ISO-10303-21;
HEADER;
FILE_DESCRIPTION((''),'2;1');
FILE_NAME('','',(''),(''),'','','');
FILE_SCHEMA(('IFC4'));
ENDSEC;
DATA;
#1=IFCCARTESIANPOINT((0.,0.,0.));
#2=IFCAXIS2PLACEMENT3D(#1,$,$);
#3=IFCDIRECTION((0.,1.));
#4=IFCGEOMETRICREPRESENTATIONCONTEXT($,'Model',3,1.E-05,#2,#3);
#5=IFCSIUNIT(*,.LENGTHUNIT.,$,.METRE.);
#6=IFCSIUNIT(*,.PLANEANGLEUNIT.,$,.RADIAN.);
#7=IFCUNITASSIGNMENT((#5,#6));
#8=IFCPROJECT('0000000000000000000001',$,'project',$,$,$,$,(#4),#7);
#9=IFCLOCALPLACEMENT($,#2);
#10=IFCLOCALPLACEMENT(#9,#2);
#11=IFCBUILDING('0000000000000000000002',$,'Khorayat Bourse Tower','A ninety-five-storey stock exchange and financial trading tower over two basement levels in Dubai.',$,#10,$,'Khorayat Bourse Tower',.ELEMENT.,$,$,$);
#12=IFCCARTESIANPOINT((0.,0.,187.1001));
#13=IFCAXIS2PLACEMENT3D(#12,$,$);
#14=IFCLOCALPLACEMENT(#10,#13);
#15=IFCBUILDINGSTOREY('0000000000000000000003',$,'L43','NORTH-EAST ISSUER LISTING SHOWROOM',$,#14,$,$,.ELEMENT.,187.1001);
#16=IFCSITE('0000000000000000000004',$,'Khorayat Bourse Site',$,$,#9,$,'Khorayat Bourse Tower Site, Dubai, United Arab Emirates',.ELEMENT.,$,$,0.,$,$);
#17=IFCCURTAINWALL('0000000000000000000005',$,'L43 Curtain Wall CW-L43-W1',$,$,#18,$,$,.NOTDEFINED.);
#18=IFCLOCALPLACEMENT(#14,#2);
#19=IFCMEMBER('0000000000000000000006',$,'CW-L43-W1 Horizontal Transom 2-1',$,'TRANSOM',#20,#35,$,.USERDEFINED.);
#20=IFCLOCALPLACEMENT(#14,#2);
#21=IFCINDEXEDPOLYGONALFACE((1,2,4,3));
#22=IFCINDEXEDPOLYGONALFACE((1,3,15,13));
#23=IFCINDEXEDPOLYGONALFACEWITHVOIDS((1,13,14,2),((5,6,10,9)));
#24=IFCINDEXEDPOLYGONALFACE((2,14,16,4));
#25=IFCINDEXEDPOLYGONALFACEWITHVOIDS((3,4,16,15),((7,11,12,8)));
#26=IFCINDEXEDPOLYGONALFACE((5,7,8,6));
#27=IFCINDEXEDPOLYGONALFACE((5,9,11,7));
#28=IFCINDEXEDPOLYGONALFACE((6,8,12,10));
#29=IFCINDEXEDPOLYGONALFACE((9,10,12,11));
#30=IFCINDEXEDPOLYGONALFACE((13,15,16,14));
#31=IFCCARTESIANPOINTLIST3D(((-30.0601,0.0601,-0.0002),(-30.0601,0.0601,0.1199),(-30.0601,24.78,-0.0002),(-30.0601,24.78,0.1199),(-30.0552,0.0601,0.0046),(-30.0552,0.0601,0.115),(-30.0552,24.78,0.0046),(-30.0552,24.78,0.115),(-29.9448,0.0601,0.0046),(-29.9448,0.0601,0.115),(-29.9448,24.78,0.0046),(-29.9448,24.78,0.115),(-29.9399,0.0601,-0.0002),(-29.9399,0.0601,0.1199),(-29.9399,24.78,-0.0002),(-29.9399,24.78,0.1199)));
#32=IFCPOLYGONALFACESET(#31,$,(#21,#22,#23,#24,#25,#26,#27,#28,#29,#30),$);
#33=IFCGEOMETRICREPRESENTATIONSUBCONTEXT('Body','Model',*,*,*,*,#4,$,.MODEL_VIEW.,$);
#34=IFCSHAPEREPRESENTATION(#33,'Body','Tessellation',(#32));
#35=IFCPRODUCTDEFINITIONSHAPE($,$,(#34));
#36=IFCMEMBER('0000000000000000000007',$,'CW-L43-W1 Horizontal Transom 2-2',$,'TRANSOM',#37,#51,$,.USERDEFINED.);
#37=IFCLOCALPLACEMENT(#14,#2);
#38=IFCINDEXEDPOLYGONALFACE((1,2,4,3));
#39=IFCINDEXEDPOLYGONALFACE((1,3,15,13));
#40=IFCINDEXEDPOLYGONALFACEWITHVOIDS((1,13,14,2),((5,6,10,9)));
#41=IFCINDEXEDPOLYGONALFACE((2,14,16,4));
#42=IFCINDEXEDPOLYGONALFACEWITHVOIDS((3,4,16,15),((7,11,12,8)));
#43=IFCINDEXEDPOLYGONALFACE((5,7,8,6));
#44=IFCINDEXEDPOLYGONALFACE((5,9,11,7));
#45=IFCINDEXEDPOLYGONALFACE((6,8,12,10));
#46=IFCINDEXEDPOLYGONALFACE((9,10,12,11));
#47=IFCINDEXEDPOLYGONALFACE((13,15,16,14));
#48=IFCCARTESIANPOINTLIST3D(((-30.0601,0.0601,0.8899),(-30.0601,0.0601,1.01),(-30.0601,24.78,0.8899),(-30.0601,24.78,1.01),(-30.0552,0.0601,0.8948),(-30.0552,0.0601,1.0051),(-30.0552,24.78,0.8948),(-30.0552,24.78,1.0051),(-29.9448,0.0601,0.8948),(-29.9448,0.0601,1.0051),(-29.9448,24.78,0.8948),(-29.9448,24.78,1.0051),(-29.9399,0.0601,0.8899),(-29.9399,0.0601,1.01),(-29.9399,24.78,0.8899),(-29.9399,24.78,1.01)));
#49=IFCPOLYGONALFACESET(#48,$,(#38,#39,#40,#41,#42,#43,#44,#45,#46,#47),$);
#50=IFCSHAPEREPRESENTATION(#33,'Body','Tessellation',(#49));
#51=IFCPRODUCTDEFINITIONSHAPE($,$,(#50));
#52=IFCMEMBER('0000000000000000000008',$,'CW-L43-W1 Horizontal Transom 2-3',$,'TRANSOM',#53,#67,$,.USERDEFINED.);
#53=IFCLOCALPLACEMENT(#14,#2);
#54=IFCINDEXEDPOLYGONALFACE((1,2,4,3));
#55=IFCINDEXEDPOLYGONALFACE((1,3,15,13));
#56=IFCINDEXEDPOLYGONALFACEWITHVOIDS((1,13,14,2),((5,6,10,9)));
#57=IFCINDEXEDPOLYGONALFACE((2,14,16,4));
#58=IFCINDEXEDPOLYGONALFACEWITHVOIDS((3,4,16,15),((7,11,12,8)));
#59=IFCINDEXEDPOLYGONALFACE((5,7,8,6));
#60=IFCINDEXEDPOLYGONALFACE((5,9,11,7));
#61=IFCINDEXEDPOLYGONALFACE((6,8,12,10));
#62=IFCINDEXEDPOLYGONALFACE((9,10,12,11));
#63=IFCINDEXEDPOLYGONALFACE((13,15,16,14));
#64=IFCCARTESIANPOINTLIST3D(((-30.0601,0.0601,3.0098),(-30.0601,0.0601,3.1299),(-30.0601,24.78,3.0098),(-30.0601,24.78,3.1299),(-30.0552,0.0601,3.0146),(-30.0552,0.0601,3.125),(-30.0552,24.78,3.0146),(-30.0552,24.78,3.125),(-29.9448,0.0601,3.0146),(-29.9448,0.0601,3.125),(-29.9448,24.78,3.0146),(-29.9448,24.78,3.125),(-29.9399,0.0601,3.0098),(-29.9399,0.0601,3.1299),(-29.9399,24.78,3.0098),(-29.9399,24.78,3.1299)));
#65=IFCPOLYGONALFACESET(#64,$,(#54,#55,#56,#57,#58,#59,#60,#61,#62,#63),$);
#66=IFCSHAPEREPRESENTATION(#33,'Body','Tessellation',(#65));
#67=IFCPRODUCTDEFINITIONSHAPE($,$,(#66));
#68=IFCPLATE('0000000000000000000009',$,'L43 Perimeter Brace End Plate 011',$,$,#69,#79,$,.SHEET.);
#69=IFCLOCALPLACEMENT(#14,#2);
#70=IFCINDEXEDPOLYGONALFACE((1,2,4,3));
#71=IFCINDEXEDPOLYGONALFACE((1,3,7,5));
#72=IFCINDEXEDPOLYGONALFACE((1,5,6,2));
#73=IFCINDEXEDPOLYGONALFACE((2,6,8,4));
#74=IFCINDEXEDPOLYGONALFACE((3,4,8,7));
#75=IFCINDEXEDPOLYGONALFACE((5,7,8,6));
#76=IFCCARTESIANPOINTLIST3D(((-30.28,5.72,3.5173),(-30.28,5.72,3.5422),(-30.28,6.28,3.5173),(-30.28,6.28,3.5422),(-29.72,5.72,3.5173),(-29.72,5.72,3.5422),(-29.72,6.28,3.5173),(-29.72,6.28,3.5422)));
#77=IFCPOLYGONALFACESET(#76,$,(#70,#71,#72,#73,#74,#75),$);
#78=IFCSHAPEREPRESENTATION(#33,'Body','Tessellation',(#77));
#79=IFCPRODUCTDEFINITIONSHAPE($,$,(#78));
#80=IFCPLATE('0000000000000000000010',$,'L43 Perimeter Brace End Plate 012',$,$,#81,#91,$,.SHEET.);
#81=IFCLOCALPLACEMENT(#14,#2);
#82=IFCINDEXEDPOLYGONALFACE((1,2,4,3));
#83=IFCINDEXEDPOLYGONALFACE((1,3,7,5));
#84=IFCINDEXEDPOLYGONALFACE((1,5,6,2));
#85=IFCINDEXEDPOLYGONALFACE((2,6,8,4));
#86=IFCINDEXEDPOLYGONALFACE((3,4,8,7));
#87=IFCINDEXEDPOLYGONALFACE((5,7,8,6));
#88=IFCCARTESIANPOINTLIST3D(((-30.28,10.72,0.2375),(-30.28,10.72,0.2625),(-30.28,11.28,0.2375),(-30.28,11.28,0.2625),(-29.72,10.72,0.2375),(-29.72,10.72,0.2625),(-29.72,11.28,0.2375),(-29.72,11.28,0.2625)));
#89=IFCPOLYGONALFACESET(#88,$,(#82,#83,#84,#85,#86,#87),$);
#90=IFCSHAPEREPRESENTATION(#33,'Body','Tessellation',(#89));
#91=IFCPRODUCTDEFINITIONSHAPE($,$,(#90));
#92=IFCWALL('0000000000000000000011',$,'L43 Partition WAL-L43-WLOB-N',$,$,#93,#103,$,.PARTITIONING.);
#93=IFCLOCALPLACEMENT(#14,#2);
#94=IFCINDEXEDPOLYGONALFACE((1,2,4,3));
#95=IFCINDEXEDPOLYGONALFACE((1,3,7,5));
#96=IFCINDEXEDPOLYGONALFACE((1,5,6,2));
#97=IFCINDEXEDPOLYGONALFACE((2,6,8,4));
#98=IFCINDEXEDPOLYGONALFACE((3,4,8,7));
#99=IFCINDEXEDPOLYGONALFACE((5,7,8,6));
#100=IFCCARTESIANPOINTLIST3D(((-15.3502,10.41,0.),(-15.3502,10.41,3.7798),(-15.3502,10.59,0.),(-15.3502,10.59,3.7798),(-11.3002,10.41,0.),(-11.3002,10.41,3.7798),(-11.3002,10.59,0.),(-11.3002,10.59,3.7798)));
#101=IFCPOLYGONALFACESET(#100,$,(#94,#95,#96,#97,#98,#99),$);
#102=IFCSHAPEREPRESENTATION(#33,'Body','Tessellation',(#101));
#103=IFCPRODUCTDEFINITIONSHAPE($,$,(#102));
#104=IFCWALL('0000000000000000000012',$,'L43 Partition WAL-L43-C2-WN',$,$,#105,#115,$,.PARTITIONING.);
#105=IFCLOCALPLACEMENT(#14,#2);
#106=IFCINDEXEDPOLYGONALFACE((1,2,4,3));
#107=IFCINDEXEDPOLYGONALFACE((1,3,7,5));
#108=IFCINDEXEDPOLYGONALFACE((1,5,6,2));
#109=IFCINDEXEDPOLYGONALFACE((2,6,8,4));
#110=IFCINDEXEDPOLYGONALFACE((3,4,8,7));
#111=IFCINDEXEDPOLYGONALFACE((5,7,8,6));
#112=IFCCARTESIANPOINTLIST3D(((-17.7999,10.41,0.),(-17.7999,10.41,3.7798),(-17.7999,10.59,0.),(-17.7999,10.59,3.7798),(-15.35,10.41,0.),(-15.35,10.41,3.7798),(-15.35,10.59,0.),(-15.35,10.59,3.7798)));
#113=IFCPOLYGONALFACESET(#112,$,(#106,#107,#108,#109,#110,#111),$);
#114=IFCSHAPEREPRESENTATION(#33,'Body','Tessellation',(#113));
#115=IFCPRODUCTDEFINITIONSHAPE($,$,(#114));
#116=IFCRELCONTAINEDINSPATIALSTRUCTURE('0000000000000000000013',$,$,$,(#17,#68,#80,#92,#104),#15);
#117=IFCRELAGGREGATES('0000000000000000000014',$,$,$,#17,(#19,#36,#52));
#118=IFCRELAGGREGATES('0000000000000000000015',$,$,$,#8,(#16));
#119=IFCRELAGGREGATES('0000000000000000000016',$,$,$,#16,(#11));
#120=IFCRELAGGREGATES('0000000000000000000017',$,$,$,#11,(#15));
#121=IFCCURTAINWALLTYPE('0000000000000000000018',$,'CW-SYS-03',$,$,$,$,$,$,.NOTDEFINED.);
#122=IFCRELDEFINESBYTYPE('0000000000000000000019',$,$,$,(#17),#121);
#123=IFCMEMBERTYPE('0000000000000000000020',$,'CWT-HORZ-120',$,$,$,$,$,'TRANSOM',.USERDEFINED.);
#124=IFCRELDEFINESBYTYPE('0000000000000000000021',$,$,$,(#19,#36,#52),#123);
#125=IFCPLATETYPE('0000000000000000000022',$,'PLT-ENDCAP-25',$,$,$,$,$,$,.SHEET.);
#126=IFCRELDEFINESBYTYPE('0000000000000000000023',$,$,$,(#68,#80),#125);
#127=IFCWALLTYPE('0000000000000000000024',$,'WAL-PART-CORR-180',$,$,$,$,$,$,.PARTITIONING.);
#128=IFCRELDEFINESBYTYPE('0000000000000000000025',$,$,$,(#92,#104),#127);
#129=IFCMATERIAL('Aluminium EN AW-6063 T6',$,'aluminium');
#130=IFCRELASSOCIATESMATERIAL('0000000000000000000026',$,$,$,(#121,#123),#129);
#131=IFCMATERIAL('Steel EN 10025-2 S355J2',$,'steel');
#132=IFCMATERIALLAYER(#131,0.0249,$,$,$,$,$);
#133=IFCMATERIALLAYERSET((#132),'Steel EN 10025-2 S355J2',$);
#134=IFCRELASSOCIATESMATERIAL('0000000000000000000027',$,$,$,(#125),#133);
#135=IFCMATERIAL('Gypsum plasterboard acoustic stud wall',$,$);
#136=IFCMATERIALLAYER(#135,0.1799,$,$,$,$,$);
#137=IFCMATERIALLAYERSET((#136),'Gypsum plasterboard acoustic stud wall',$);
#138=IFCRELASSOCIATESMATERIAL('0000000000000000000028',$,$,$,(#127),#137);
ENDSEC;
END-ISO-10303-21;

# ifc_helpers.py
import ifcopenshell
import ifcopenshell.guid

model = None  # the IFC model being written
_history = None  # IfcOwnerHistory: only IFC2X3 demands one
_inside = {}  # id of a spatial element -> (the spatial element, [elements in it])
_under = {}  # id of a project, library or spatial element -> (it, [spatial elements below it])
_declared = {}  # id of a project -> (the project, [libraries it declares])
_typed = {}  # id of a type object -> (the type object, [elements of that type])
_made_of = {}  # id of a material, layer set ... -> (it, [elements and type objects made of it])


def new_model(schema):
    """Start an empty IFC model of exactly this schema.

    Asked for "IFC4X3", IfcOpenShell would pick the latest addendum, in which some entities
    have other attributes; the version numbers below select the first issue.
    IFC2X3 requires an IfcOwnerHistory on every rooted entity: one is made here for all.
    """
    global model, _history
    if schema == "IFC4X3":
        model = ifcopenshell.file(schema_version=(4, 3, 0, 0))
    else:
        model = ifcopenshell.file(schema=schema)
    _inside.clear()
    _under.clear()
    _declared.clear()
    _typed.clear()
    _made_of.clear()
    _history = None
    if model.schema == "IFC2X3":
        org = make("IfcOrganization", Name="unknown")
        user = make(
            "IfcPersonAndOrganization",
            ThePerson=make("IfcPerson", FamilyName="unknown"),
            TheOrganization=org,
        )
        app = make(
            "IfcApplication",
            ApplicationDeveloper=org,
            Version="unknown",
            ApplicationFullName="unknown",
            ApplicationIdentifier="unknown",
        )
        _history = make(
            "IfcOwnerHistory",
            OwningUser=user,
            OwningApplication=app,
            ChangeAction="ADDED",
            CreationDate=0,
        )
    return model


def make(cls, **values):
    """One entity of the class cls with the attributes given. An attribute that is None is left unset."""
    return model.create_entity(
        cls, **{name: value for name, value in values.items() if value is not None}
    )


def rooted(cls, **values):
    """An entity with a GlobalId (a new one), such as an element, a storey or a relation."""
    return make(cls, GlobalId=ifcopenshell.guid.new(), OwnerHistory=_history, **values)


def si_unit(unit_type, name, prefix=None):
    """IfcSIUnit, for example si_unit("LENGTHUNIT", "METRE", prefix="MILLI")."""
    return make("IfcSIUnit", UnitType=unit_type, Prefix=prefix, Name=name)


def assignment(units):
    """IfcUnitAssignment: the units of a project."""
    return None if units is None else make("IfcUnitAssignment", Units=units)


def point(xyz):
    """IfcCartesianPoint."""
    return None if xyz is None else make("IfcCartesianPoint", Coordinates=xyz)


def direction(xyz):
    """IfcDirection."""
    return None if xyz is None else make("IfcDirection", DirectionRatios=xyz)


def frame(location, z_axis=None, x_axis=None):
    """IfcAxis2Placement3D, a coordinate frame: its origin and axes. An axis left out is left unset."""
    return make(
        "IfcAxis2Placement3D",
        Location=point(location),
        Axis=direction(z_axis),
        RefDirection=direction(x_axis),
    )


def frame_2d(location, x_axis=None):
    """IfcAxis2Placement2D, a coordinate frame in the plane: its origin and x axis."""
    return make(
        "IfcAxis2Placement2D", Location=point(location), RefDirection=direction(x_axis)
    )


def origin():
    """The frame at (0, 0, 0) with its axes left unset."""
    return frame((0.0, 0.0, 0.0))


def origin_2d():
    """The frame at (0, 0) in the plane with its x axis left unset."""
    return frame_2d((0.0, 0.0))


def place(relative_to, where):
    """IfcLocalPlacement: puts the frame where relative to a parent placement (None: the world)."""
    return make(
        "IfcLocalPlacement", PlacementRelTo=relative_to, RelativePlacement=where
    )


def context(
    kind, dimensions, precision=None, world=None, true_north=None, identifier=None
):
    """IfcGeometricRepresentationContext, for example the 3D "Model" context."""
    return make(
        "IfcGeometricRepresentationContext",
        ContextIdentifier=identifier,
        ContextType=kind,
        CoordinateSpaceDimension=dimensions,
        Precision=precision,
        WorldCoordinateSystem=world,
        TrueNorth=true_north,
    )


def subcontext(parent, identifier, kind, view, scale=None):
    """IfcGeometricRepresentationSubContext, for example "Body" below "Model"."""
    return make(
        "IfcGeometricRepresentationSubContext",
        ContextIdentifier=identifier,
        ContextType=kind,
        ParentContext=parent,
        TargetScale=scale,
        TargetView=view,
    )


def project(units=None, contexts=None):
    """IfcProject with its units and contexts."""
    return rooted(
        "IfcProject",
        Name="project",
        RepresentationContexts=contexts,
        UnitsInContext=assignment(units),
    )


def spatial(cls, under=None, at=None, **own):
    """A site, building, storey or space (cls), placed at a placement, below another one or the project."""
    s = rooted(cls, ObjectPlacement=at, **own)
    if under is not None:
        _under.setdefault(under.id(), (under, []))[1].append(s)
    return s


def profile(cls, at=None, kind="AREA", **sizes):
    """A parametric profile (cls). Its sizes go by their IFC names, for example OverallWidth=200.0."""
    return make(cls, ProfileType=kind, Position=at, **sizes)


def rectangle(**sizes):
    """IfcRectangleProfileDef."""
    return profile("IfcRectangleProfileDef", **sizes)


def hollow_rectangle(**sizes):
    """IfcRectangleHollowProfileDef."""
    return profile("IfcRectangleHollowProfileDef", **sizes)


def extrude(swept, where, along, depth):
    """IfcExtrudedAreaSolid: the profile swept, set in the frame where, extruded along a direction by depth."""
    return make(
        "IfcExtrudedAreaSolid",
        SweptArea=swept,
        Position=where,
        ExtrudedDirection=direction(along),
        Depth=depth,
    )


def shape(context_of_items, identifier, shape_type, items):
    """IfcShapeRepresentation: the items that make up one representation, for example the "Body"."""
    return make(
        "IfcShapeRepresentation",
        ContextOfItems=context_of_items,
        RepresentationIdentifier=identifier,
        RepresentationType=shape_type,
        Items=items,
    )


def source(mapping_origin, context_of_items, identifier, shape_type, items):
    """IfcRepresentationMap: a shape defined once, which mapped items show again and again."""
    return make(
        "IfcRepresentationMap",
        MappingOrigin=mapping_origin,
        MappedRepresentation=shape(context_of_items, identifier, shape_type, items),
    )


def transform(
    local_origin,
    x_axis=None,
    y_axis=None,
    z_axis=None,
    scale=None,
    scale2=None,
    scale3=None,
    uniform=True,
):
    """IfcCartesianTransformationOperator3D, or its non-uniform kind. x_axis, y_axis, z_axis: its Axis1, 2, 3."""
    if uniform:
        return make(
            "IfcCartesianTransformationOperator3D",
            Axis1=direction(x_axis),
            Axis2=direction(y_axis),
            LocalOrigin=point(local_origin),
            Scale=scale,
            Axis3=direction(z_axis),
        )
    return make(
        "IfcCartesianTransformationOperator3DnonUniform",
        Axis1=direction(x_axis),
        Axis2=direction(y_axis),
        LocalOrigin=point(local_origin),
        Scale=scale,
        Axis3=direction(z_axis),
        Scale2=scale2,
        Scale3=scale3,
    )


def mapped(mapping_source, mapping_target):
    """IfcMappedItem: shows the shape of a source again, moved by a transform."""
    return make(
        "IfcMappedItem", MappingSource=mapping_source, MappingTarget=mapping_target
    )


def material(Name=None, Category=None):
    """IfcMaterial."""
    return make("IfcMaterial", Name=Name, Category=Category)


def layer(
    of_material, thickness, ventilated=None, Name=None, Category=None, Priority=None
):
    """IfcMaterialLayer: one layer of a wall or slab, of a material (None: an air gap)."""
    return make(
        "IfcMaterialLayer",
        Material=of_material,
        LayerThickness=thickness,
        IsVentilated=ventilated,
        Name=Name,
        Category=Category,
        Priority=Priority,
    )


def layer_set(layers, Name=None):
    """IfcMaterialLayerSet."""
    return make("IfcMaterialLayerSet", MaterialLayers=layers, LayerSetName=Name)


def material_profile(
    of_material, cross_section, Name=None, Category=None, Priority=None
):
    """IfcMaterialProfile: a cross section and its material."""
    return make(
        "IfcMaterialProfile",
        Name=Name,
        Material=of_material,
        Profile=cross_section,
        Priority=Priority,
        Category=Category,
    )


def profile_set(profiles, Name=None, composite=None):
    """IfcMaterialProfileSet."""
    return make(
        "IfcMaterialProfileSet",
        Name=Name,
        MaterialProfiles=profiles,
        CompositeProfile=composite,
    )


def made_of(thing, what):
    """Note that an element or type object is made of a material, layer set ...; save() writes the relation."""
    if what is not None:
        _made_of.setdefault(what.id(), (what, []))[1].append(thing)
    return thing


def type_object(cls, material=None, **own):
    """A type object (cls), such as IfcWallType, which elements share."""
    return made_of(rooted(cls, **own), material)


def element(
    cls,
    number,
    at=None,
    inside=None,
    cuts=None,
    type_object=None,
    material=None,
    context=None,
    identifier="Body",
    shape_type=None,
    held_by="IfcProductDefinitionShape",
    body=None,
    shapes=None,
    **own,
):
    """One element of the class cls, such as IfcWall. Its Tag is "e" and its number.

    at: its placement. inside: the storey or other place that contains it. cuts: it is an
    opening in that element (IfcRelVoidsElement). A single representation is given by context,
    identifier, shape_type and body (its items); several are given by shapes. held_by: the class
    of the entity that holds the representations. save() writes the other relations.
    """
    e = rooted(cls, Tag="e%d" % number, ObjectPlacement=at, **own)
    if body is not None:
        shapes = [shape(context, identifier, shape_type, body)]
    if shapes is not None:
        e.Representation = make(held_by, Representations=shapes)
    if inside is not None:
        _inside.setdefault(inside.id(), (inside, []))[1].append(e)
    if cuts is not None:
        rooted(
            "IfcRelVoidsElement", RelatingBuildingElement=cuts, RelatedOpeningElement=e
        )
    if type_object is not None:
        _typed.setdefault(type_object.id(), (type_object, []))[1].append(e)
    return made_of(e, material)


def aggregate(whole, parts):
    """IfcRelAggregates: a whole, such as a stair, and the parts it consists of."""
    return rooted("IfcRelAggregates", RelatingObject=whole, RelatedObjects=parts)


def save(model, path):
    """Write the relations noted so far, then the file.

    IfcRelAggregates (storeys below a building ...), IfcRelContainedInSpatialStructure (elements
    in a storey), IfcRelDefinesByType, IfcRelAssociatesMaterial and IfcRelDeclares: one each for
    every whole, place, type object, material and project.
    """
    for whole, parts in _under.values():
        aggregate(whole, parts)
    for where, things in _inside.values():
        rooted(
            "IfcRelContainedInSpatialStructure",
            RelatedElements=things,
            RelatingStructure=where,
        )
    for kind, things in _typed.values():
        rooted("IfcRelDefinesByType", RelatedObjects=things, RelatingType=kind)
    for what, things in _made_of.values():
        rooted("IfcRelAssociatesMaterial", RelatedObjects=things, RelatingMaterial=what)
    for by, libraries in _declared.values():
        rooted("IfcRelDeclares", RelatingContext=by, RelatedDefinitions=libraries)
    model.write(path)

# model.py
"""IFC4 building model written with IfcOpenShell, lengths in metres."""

from ifc_helpers import new_model, si_unit, direction, frame, frame_2d, origin, origin_2d, place, context, subcontext, project, spatial, rectangle, hollow_rectangle, extrude, source, transform, mapped, material, layer, layer_set, material_profile, profile_set, type_object, element, aggregate, save


model = new_model("IFC4")

# Units and contexts
model_context = context("Model", 3, precision=1e-05, world=origin(), true_north=direction((0.0, 1.0)))
body_context = subcontext(model_context, "Body", "Model", "MODEL_VIEW")
ifc_project = project(units=[si_unit("LENGTHUNIT", "METRE"), si_unit("PLANEANGLEUNIT", "RADIAN")], contexts=[model_context])

# Site, building, storey
site_placement = place(None, origin())
site = spatial("IfcSite", under=ifc_project, at=site_placement, Name="Khorayat Bourse Site", LongName="Khorayat Bourse Tower Site, Dubai, United Arab Emirates", CompositionType="ELEMENT", RefElevation=0.0)
building_placement = place(site_placement, origin())
building = spatial("IfcBuilding", under=site, at=building_placement, Name="Khorayat Bourse Tower", Description="A ninety-five-storey stock exchange and financial trading tower over two basement levels in Dubai.", LongName="Khorayat Bourse Tower", CompositionType="ELEMENT")
storey_placement = place(building_placement, frame((0.0, 0.0, 187.1001)))
storey = spatial("IfcBuildingStorey", under=building, at=storey_placement, Name="L43", Description="NORTH-EAST ISSUER LISTING SHOWROOM", CompositionType="ELEMENT", Elevation=187.1001)

# Curtain wall, members
ifc_material_1 = material(Name="Aluminium EN AW-6063 T6", Category="aluminium")
curtain_wall_type = type_object("IfcCurtainWallType", Name="CW-SYS-03", PredefinedType="NOTDEFINED", material=ifc_material_1)
curtain_wall_placement = place(storey_placement, origin())
curtain_wall = element("IfcCurtainWall", 1, at=curtain_wall_placement, inside=storey, type_object=curtain_wall_type, Name="L43 Curtain Wall CW-L43-W1", PredefinedType="NOTDEFINED")
ifc_material_profile_1 = material_profile(ifc_material_1, hollow_rectangle(XDim=0.1201, YDim=0.1201, WallThickness=0.0049, at=origin_2d()), Name="ALU 120x120x5")
ifc_profile_set_1 = profile_set([ifc_material_profile_1], Name="Aluminium EN AW-6063 T6")
member_type_1 = type_object("IfcMemberType", Name="CWT-HORZ-120", ElementType="TRANSOM", PredefinedType="USERDEFINED", material=ifc_profile_set_1)
shared_shape_1 = source(origin(), body_context, "Body", "SweptSolid", [
    extrude(hollow_rectangle(XDim=0.1201, YDim=0.1201, WallThickness=0.0049, at=origin_2d()), origin(), (0.0, 0.0, 1.0), 24.72),
])
member_1_placement = place(storey_placement, frame((-30.0, 0.0601, 0.0598), z_axis=(0.0, 1.0, 0.0), x_axis=(-1.0, 0.0, 0.0)))
member_1 = element("IfcMember", 2, at=member_1_placement, type_object=member_type_1, Name="CW-L43-W1 Horizontal Transom 2-1", ObjectType="TRANSOM", PredefinedType="USERDEFINED", context=body_context, shape_type="MappedRepresentation", body=[
    mapped(shared_shape_1, transform((0.0, 0.0, 0.0), scale=1.0)),
])
member_2_placement = place(storey_placement, frame((-30.0, 0.0601, 0.95), z_axis=(0.0, 1.0, 0.0), x_axis=(-1.0, 0.0, 0.0)))
member_2 = element("IfcMember", 3, at=member_2_placement, type_object=member_type_1, Name="CW-L43-W1 Horizontal Transom 2-2", ObjectType="TRANSOM", PredefinedType="USERDEFINED", context=body_context, shape_type="MappedRepresentation", body=[
    mapped(shared_shape_1, transform((0.0, 0.0, 0.0), scale=1.0)),
])
member_3_placement = place(storey_placement, frame((-30.0, 0.0601, 3.0698), z_axis=(0.0, 1.0, 0.0), x_axis=(-1.0, 0.0, 0.0)))
member_3 = element("IfcMember", 4, at=member_3_placement, type_object=member_type_1, Name="CW-L43-W1 Horizontal Transom 2-3", ObjectType="TRANSOM", PredefinedType="USERDEFINED", context=body_context, shape_type="MappedRepresentation", body=[
    mapped(shared_shape_1, transform((0.0, 0.0, 0.0), scale=1.0)),
])
aggregate(curtain_wall, [member_1, member_2, member_3])

# Plates
ifc_material_2 = material(Name="Steel EN 10025-2 S355J2", Category="steel")
ifc_layer_1 = layer(ifc_material_2, 0.0249)
ifc_layer_set_1 = layer_set([ifc_layer_1], Name="Steel EN 10025-2 S355J2")
plate_type = type_object("IfcPlateType", Name="PLT-ENDCAP-25", PredefinedType="SHEET", material=ifc_layer_set_1)
shared_shape_2 = source(origin(), body_context, "Body", "SweptSolid", [
    extrude(rectangle(XDim=0.5601, YDim=0.5601, at=origin_2d()), origin(), (0.0, 0.0, 1.0), 0.0249),
])
for number, where, z_axis, x_axis, name in (
    (5, (-30.0, 6.0, 3.5173), (0.0, 0.0, 1.0), (1.0, 0.0, 0.0), "L43 Perimeter Brace End Plate 011"),
    (6, (-30.0, 11.0, 0.2375), (0.0, 0.0, 1.0), (1.0, 0.0, 0.0), "L43 Perimeter Brace End Plate 012"),
):
    element("IfcPlate", number, at=place(storey_placement, frame(where, z_axis=z_axis, x_axis=x_axis)), inside=storey, type_object=plate_type, Name=name, PredefinedType="SHEET", context=body_context, shape_type="MappedRepresentation", body=[
        mapped(shared_shape_2, transform((0.0, 0.0, 0.0), scale=1.0)),
    ])

# Walls
ifc_material_3 = material(Name="Gypsum plasterboard acoustic stud wall")
ifc_layer_2 = layer(ifc_material_3, 0.1799)
ifc_layer_set_2 = layer_set([ifc_layer_2], Name="Gypsum plasterboard acoustic stud wall")
wall_type = type_object("IfcWallType", Name="WAL-PART-CORR-180", PredefinedType="PARTITIONING", material=ifc_layer_set_2)
shared_shape_3 = source(origin(), body_context, "Body", "SweptSolid", [
    extrude(rectangle(XDim=4.05, YDim=0.1799, at=frame_2d((2.0249, 0.0))), origin(), (0.0, 0.0, 1.0), 3.7798),
])
wall_1_placement = place(storey_placement, frame((-15.3501, 10.5, 0.0), z_axis=(0.0, 0.0, 1.0), x_axis=(1.0, 0.0, 0.0)))
element("IfcWall", 7, at=wall_1_placement, inside=storey, type_object=wall_type, Name="L43 Partition WAL-L43-WLOB-N", PredefinedType="PARTITIONING", context=body_context, shape_type="MappedRepresentation", body=[
    mapped(shared_shape_3, transform((0.0, 0.0, 0.0), scale=1.0)),
])
shared_shape_4 = source(origin(), body_context, "Body", "SweptSolid", [
    extrude(rectangle(XDim=2.45, YDim=0.1799, at=frame_2d((1.2251, 0.0))), origin(), (0.0, 0.0, 1.0), 3.7798),
])
wall_2_placement = place(storey_placement, frame((-17.8, 10.5, 0.0), z_axis=(0.0, 0.0, 1.0), x_axis=(1.0, 0.0, 0.0)))
element("IfcWall", 8, at=wall_2_placement, inside=storey, type_object=wall_type, Name="L43 Partition WAL-L43-C2-WN", PredefinedType="PARTITIONING", context=body_context, shape_type="MappedRepresentation", body=[
    mapped(shared_shape_4, transform((0.0, 0.0, 0.0), scale=1.0)),
])

save(model, "model.ifc")
